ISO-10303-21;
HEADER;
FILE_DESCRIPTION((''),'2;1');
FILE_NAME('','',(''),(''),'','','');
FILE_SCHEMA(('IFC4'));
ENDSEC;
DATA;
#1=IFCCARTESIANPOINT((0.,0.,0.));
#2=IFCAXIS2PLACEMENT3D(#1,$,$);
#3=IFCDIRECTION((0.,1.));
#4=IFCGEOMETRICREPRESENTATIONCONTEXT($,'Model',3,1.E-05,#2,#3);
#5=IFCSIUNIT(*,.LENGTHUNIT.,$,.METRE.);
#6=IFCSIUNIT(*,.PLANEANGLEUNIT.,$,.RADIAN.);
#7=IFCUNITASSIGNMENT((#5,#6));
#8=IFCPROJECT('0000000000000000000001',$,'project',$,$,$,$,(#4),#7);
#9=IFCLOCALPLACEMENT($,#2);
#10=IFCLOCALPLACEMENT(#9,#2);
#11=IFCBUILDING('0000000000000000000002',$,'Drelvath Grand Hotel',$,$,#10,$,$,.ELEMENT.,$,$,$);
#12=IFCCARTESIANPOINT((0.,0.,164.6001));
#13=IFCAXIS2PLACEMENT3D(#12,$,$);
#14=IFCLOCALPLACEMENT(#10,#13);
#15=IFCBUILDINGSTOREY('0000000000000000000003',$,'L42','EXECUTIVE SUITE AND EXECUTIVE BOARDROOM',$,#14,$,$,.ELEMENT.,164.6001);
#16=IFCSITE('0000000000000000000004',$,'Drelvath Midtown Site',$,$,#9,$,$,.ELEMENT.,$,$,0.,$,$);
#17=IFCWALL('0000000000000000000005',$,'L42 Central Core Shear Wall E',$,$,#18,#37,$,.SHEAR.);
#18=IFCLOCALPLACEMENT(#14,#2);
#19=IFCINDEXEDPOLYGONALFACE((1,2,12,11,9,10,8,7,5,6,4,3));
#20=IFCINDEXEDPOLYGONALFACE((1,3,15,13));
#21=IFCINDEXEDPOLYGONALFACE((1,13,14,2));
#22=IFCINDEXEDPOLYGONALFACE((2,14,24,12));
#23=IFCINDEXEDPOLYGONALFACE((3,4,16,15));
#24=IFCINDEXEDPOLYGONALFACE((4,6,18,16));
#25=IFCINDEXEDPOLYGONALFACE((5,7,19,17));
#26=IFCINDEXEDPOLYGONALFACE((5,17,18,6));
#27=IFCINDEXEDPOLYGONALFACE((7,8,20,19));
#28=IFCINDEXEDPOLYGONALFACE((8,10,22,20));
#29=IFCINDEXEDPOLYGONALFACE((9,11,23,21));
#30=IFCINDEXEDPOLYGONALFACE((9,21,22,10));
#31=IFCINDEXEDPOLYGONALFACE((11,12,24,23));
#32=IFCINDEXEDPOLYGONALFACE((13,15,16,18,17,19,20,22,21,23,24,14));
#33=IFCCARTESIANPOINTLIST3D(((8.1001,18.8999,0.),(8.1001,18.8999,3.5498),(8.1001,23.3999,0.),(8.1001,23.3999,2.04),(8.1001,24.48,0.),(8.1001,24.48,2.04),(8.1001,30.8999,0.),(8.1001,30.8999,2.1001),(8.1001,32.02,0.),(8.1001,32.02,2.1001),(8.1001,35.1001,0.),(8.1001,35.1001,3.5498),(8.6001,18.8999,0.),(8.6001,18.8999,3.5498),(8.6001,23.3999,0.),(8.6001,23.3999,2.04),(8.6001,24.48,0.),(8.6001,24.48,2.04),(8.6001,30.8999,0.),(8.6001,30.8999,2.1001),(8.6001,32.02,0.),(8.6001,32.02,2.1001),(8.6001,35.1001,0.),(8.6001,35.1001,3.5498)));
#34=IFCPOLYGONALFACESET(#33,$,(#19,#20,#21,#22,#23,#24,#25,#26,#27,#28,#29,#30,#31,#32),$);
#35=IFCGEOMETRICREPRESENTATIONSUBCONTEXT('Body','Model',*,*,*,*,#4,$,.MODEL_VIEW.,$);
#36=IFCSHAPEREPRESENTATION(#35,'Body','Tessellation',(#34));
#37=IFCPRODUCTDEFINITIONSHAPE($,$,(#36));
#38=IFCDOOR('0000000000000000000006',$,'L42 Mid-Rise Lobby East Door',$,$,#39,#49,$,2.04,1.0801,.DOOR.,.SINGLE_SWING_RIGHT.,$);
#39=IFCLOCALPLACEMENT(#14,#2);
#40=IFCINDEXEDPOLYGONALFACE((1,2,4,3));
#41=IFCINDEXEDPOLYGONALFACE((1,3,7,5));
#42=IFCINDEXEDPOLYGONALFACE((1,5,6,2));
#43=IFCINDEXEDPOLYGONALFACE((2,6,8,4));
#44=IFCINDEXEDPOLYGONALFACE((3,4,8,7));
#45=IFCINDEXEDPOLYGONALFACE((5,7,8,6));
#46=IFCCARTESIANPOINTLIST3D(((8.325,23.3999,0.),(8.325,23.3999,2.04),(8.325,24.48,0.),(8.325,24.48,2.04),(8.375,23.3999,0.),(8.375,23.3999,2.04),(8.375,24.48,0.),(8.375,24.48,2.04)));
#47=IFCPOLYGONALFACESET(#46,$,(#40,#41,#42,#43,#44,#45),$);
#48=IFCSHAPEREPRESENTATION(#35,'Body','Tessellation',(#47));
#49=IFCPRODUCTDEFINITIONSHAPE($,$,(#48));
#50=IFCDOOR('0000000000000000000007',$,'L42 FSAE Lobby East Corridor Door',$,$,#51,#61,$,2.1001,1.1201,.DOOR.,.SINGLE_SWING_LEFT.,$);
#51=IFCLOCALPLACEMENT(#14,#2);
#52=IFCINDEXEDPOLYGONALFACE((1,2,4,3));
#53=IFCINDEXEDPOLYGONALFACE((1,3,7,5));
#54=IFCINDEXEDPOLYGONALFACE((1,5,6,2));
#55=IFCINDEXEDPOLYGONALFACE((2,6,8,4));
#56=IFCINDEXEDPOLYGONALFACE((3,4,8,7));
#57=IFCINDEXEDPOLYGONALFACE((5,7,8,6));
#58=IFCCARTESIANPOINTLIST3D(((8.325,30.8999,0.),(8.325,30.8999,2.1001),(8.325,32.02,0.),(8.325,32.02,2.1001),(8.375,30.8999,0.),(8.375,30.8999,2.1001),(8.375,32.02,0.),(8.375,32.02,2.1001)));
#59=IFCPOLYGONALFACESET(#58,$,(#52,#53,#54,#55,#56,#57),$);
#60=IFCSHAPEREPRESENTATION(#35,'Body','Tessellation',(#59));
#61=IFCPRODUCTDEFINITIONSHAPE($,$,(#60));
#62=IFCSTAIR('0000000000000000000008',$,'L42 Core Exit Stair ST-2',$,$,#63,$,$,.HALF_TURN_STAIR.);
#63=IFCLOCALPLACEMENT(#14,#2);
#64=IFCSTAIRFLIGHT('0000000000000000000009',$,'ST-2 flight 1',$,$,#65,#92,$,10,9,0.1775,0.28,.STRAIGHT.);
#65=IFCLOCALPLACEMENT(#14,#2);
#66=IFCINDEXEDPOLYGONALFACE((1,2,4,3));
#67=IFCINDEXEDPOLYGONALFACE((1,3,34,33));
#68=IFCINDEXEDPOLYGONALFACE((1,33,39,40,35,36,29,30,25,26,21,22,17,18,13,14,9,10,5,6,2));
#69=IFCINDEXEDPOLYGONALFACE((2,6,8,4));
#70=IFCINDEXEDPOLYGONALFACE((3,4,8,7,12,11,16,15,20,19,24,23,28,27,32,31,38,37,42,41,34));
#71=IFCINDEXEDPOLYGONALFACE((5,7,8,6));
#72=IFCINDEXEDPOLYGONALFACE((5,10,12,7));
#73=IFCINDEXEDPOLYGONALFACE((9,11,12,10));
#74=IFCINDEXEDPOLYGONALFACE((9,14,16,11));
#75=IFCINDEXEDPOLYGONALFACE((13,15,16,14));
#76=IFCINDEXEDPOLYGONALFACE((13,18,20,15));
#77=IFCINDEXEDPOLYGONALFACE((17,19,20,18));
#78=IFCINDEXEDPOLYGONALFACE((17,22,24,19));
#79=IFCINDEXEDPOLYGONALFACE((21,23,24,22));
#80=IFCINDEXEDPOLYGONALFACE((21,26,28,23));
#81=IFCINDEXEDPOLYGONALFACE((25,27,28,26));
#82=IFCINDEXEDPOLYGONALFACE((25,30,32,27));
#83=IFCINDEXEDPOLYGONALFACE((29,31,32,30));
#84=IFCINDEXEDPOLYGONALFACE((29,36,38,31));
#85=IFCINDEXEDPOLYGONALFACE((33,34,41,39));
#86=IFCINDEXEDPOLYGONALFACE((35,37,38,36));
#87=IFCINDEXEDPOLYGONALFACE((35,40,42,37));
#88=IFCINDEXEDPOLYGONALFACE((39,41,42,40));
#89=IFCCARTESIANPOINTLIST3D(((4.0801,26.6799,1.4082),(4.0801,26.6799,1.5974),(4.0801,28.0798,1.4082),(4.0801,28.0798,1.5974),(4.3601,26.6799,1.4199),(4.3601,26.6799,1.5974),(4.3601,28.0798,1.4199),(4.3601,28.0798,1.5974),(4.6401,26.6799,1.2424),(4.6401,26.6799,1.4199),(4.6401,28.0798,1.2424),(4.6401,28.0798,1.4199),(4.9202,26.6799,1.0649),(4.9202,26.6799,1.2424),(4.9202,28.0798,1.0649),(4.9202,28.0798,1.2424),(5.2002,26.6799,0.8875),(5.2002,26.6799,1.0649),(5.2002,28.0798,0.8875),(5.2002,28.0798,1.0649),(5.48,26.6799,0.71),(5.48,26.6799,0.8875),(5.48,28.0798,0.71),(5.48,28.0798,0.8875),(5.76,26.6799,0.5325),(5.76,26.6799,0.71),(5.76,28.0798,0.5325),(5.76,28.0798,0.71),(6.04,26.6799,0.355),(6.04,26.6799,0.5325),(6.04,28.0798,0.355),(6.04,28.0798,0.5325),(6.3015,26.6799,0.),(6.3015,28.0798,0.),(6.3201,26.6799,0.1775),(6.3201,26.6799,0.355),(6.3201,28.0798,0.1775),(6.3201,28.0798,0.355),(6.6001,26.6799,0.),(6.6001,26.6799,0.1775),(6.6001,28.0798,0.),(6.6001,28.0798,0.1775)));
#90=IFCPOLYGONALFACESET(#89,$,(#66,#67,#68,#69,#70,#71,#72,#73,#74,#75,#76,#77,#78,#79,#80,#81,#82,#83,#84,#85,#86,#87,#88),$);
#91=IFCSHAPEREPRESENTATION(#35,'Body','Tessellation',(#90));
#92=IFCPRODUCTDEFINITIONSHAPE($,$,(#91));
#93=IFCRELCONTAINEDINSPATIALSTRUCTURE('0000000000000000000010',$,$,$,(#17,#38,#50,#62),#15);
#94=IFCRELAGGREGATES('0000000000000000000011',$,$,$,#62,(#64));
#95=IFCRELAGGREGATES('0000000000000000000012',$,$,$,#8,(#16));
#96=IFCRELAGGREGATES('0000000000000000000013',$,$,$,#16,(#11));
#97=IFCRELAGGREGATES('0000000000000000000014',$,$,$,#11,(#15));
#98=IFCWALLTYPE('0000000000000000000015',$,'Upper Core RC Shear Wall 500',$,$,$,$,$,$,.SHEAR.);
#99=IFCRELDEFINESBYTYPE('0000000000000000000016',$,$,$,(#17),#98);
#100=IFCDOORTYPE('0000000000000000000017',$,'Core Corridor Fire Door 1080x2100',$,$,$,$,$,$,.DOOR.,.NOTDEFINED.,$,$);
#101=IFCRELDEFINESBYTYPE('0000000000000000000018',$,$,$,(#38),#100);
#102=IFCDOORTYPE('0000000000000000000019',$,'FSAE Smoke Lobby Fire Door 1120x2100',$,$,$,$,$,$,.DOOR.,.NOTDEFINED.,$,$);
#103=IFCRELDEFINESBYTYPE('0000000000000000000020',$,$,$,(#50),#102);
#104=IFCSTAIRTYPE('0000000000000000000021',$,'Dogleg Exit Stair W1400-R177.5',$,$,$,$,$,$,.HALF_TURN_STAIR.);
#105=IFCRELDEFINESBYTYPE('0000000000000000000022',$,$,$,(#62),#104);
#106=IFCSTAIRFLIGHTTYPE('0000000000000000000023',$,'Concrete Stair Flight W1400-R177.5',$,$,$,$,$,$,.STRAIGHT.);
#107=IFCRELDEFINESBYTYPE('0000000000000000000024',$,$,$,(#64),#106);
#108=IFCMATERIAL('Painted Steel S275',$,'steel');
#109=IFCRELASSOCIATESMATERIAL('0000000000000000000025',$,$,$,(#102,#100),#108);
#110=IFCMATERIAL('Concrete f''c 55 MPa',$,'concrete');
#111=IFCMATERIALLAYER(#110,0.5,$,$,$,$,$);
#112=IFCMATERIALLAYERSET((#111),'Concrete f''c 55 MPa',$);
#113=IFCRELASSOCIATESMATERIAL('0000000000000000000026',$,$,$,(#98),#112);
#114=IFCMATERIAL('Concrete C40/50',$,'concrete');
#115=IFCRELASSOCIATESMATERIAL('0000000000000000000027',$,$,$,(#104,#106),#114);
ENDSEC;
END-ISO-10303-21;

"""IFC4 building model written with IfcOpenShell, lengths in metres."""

from ifc_helpers import new_model, si_unit, direction, frame, frame_2d, origin, place, context, subcontext, project, spatial, polyline, rectangle, outline, extrude, material, layer, layer_set, type_object, element, fill, aggregate, save


model = new_model("IFC4")

# Units and contexts
model_context = context("Model", 3, precision=1e-05, world=origin(), true_north=direction((0.0, 1.0)))
body_context = subcontext(model_context, "Body", "Model", "MODEL_VIEW")
ifc_project = project(units=[si_unit("LENGTHUNIT", "METRE"), si_unit("PLANEANGLEUNIT", "RADIAN")], contexts=[model_context])

# Site, building, storey
site_placement = place(None, origin())
site = spatial("IfcSite", under=ifc_project, at=site_placement, Name="Drelvath Midtown Site", CompositionType="ELEMENT", RefElevation=0.0)
building_placement = place(site_placement, origin())
building = spatial("IfcBuilding", under=site, at=building_placement, Name="Drelvath Grand Hotel", CompositionType="ELEMENT")
storey_placement = place(building_placement, frame((0.0, 0.0, 164.6001)))
storey = spatial("IfcBuildingStorey", under=building, at=storey_placement, Name="L42", Description="EXECUTIVE SUITE AND EXECUTIVE BOARDROOM", CompositionType="ELEMENT", Elevation=164.6001)

# Shared definitions
ifc_material_1 = material(Name="Concrete f'c 55 MPa", Category="concrete")

# Shared definitions
ifc_material_2 = material(Name="Concrete C40/50", Category="concrete")

# Shared definitions
ifc_material_3 = material(Name="Painted Steel S275", Category="steel")

# Shared definitions
door_type_1 = type_object("IfcDoorType", Name="FSAE Smoke Lobby Fire Door 1120x2100", OperationType="NOTDEFINED", PredefinedType="DOOR", material=ifc_material_3)

# Wall, openings, doors
ifc_layer_1 = layer(ifc_material_1, 0.5)
ifc_layer_set_1 = layer_set([ifc_layer_1], Name="Concrete f'c 55 MPa")
wall_type_1 = type_object("IfcWallType", Name="Upper Core RC Shear Wall 500", PredefinedType="SHEAR", material=ifc_layer_set_1)
wall_1_placement = place(storey_placement, frame((8.3501, 35.1001, 0.0), z_axis=(0.0, 0.0, 1.0), x_axis=(0.0, -1.0, 0.0)))
wall_1 = element("IfcWall", 1, at=wall_1_placement, inside=storey, type_object=wall_type_1, Name="L42 Central Core Shear Wall E", PredefinedType="SHEAR", context=body_context, shape_type="SweptSolid", body=[
    extrude(rectangle(XDim=16.2002, YDim=0.5, at=frame_2d((8.1001, 0.0))), origin(), (0.0, 0.0, 1.0), 3.5498),
])
opening_1_placement = place(wall_1_placement, frame((3.0801, 0.0, 0.0)))
opening_1 = element("IfcOpeningElement", 2, at=opening_1_placement, cuts=wall_1, PredefinedType="OPENING", context=body_context, shape_type="SweptSolid", body=[
    extrude(rectangle(XDim=1.1201, YDim=2.1001, at=frame_2d((0.5601, 1.05))), frame((0.0, 0.26, 0.0), z_axis=(0.0, -1.0, 0.0), x_axis=(1.0, 0.0, 0.0)), (0.0, 0.0, 1.0), 0.52),
])
opening_2_placement = place(wall_1_placement, frame((10.6201, 0.0, 0.0)))
opening_2 = element("IfcOpeningElement", 3, at=opening_2_placement, cuts=wall_1, PredefinedType="OPENING", context=body_context, shape_type="SweptSolid", body=[
    extrude(rectangle(XDim=1.0801, YDim=2.04, at=frame_2d((0.54, 1.02))), frame((0.0, 0.26, 0.0), z_axis=(0.0, -1.0, 0.0), x_axis=(1.0, 0.0, 0.0)), (0.0, 0.0, 1.0), 0.52),
])
door_type_2 = type_object("IfcDoorType", Name="Core Corridor Fire Door 1080x2100", OperationType="NOTDEFINED", PredefinedType="DOOR", material=ifc_material_3)
door_1_placement = place(opening_2_placement, origin())
door_1 = element("IfcDoor", 4, at=door_1_placement, inside=storey, type_object=door_type_2, Name="L42 Mid-Rise Lobby East Door", OperationType="SINGLE_SWING_RIGHT", OverallHeight=2.04, OverallWidth=1.0801, PredefinedType="DOOR", context=body_context, shape_type="SweptSolid", body=[
    extrude(rectangle(XDim=1.0801, YDim=2.04, at=frame_2d((0.54, 1.02))), frame((0.0, 0.0249, 0.0), z_axis=(0.0, -1.0, 0.0), x_axis=(1.0, 0.0, 0.0)), (0.0, 0.0, 1.0), 0.05),
])
fill(opening_2, door_1)
door_2_placement = place(opening_1_placement, origin())
door_2 = element("IfcDoor", 5, at=door_2_placement, inside=storey, type_object=door_type_1, Name="L42 FSAE Lobby East Corridor Door", OperationType="SINGLE_SWING_LEFT", OverallHeight=2.1001, OverallWidth=1.1201, PredefinedType="DOOR", context=body_context, shape_type="SweptSolid", body=[
    extrude(rectangle(XDim=1.1201, YDim=2.1001, at=frame_2d((0.5601, 1.05))), frame((0.0, 0.0249, 0.0), z_axis=(0.0, -1.0, 0.0), x_axis=(1.0, 0.0, 0.0)), (0.0, 0.0, 1.0), 0.05),
])
fill(opening_1, door_2)

# Stair, stair flight
stair_type = type_object("IfcStairType", Name="Dogleg Exit Stair W1400-R177.5", PredefinedType="HALF_TURN_STAIR", material=ifc_material_2)
stair_placement = place(storey_placement, origin())
stair = element("IfcStair", 6, at=stair_placement, inside=storey, type_object=stair_type, Name="L42 Core Exit Stair ST-2", PredefinedType="HALF_TURN_STAIR")
stair_flight_type = type_object("IfcStairFlightType", Name="Concrete Stair Flight W1400-R177.5", PredefinedType="STRAIGHT", material=ifc_material_2)
stair_flight_placement = place(storey_placement, frame((6.6001, 27.3799, 0.0), z_axis=(0.0, 0.0, 1.0), x_axis=(-1.0, 0.0, 0.0)))
stair_flight = element("IfcStairFlight", 7, at=stair_flight_placement, type_object=stair_flight_type, Name="ST-2 flight 1", NumberOfRisers=10, NumberOfTreads=9, PredefinedType="STRAIGHT", RiserHeight=0.1775, TreadLength=0.28, context=body_context, shape_type="SweptSolid", body=[
    extrude(outline(polyline([(0.0, 0.0), (0.0, 0.1775), (0.28, 0.1775), (0.28, 0.355), (0.5601, 0.355), (0.5601, 0.5325), (0.8401, 0.5325), (0.8401, 0.71), (1.1201, 0.71), (1.1201, 0.8875), (1.3999, 0.8875), (1.3999, 1.0649), (1.6799, 1.0649), (1.6799, 1.2424), (1.96, 1.2424), (1.96, 1.4199), (2.24, 1.4199), (2.24, 1.5974), (2.52, 1.5974), (2.52, 1.7749), (2.52, 1.4082), (0.2986, 0.0), (0.0, 0.0)])), frame((0.0, 0.7, 0.0), z_axis=(0.0, -1.0, 0.0), x_axis=(1.0, 0.0, 0.0)), (0.0, 0.0, 1.0), 1.3999),
])
aggregate(stair, [stair_flight])

save(model, "model.ifc")
